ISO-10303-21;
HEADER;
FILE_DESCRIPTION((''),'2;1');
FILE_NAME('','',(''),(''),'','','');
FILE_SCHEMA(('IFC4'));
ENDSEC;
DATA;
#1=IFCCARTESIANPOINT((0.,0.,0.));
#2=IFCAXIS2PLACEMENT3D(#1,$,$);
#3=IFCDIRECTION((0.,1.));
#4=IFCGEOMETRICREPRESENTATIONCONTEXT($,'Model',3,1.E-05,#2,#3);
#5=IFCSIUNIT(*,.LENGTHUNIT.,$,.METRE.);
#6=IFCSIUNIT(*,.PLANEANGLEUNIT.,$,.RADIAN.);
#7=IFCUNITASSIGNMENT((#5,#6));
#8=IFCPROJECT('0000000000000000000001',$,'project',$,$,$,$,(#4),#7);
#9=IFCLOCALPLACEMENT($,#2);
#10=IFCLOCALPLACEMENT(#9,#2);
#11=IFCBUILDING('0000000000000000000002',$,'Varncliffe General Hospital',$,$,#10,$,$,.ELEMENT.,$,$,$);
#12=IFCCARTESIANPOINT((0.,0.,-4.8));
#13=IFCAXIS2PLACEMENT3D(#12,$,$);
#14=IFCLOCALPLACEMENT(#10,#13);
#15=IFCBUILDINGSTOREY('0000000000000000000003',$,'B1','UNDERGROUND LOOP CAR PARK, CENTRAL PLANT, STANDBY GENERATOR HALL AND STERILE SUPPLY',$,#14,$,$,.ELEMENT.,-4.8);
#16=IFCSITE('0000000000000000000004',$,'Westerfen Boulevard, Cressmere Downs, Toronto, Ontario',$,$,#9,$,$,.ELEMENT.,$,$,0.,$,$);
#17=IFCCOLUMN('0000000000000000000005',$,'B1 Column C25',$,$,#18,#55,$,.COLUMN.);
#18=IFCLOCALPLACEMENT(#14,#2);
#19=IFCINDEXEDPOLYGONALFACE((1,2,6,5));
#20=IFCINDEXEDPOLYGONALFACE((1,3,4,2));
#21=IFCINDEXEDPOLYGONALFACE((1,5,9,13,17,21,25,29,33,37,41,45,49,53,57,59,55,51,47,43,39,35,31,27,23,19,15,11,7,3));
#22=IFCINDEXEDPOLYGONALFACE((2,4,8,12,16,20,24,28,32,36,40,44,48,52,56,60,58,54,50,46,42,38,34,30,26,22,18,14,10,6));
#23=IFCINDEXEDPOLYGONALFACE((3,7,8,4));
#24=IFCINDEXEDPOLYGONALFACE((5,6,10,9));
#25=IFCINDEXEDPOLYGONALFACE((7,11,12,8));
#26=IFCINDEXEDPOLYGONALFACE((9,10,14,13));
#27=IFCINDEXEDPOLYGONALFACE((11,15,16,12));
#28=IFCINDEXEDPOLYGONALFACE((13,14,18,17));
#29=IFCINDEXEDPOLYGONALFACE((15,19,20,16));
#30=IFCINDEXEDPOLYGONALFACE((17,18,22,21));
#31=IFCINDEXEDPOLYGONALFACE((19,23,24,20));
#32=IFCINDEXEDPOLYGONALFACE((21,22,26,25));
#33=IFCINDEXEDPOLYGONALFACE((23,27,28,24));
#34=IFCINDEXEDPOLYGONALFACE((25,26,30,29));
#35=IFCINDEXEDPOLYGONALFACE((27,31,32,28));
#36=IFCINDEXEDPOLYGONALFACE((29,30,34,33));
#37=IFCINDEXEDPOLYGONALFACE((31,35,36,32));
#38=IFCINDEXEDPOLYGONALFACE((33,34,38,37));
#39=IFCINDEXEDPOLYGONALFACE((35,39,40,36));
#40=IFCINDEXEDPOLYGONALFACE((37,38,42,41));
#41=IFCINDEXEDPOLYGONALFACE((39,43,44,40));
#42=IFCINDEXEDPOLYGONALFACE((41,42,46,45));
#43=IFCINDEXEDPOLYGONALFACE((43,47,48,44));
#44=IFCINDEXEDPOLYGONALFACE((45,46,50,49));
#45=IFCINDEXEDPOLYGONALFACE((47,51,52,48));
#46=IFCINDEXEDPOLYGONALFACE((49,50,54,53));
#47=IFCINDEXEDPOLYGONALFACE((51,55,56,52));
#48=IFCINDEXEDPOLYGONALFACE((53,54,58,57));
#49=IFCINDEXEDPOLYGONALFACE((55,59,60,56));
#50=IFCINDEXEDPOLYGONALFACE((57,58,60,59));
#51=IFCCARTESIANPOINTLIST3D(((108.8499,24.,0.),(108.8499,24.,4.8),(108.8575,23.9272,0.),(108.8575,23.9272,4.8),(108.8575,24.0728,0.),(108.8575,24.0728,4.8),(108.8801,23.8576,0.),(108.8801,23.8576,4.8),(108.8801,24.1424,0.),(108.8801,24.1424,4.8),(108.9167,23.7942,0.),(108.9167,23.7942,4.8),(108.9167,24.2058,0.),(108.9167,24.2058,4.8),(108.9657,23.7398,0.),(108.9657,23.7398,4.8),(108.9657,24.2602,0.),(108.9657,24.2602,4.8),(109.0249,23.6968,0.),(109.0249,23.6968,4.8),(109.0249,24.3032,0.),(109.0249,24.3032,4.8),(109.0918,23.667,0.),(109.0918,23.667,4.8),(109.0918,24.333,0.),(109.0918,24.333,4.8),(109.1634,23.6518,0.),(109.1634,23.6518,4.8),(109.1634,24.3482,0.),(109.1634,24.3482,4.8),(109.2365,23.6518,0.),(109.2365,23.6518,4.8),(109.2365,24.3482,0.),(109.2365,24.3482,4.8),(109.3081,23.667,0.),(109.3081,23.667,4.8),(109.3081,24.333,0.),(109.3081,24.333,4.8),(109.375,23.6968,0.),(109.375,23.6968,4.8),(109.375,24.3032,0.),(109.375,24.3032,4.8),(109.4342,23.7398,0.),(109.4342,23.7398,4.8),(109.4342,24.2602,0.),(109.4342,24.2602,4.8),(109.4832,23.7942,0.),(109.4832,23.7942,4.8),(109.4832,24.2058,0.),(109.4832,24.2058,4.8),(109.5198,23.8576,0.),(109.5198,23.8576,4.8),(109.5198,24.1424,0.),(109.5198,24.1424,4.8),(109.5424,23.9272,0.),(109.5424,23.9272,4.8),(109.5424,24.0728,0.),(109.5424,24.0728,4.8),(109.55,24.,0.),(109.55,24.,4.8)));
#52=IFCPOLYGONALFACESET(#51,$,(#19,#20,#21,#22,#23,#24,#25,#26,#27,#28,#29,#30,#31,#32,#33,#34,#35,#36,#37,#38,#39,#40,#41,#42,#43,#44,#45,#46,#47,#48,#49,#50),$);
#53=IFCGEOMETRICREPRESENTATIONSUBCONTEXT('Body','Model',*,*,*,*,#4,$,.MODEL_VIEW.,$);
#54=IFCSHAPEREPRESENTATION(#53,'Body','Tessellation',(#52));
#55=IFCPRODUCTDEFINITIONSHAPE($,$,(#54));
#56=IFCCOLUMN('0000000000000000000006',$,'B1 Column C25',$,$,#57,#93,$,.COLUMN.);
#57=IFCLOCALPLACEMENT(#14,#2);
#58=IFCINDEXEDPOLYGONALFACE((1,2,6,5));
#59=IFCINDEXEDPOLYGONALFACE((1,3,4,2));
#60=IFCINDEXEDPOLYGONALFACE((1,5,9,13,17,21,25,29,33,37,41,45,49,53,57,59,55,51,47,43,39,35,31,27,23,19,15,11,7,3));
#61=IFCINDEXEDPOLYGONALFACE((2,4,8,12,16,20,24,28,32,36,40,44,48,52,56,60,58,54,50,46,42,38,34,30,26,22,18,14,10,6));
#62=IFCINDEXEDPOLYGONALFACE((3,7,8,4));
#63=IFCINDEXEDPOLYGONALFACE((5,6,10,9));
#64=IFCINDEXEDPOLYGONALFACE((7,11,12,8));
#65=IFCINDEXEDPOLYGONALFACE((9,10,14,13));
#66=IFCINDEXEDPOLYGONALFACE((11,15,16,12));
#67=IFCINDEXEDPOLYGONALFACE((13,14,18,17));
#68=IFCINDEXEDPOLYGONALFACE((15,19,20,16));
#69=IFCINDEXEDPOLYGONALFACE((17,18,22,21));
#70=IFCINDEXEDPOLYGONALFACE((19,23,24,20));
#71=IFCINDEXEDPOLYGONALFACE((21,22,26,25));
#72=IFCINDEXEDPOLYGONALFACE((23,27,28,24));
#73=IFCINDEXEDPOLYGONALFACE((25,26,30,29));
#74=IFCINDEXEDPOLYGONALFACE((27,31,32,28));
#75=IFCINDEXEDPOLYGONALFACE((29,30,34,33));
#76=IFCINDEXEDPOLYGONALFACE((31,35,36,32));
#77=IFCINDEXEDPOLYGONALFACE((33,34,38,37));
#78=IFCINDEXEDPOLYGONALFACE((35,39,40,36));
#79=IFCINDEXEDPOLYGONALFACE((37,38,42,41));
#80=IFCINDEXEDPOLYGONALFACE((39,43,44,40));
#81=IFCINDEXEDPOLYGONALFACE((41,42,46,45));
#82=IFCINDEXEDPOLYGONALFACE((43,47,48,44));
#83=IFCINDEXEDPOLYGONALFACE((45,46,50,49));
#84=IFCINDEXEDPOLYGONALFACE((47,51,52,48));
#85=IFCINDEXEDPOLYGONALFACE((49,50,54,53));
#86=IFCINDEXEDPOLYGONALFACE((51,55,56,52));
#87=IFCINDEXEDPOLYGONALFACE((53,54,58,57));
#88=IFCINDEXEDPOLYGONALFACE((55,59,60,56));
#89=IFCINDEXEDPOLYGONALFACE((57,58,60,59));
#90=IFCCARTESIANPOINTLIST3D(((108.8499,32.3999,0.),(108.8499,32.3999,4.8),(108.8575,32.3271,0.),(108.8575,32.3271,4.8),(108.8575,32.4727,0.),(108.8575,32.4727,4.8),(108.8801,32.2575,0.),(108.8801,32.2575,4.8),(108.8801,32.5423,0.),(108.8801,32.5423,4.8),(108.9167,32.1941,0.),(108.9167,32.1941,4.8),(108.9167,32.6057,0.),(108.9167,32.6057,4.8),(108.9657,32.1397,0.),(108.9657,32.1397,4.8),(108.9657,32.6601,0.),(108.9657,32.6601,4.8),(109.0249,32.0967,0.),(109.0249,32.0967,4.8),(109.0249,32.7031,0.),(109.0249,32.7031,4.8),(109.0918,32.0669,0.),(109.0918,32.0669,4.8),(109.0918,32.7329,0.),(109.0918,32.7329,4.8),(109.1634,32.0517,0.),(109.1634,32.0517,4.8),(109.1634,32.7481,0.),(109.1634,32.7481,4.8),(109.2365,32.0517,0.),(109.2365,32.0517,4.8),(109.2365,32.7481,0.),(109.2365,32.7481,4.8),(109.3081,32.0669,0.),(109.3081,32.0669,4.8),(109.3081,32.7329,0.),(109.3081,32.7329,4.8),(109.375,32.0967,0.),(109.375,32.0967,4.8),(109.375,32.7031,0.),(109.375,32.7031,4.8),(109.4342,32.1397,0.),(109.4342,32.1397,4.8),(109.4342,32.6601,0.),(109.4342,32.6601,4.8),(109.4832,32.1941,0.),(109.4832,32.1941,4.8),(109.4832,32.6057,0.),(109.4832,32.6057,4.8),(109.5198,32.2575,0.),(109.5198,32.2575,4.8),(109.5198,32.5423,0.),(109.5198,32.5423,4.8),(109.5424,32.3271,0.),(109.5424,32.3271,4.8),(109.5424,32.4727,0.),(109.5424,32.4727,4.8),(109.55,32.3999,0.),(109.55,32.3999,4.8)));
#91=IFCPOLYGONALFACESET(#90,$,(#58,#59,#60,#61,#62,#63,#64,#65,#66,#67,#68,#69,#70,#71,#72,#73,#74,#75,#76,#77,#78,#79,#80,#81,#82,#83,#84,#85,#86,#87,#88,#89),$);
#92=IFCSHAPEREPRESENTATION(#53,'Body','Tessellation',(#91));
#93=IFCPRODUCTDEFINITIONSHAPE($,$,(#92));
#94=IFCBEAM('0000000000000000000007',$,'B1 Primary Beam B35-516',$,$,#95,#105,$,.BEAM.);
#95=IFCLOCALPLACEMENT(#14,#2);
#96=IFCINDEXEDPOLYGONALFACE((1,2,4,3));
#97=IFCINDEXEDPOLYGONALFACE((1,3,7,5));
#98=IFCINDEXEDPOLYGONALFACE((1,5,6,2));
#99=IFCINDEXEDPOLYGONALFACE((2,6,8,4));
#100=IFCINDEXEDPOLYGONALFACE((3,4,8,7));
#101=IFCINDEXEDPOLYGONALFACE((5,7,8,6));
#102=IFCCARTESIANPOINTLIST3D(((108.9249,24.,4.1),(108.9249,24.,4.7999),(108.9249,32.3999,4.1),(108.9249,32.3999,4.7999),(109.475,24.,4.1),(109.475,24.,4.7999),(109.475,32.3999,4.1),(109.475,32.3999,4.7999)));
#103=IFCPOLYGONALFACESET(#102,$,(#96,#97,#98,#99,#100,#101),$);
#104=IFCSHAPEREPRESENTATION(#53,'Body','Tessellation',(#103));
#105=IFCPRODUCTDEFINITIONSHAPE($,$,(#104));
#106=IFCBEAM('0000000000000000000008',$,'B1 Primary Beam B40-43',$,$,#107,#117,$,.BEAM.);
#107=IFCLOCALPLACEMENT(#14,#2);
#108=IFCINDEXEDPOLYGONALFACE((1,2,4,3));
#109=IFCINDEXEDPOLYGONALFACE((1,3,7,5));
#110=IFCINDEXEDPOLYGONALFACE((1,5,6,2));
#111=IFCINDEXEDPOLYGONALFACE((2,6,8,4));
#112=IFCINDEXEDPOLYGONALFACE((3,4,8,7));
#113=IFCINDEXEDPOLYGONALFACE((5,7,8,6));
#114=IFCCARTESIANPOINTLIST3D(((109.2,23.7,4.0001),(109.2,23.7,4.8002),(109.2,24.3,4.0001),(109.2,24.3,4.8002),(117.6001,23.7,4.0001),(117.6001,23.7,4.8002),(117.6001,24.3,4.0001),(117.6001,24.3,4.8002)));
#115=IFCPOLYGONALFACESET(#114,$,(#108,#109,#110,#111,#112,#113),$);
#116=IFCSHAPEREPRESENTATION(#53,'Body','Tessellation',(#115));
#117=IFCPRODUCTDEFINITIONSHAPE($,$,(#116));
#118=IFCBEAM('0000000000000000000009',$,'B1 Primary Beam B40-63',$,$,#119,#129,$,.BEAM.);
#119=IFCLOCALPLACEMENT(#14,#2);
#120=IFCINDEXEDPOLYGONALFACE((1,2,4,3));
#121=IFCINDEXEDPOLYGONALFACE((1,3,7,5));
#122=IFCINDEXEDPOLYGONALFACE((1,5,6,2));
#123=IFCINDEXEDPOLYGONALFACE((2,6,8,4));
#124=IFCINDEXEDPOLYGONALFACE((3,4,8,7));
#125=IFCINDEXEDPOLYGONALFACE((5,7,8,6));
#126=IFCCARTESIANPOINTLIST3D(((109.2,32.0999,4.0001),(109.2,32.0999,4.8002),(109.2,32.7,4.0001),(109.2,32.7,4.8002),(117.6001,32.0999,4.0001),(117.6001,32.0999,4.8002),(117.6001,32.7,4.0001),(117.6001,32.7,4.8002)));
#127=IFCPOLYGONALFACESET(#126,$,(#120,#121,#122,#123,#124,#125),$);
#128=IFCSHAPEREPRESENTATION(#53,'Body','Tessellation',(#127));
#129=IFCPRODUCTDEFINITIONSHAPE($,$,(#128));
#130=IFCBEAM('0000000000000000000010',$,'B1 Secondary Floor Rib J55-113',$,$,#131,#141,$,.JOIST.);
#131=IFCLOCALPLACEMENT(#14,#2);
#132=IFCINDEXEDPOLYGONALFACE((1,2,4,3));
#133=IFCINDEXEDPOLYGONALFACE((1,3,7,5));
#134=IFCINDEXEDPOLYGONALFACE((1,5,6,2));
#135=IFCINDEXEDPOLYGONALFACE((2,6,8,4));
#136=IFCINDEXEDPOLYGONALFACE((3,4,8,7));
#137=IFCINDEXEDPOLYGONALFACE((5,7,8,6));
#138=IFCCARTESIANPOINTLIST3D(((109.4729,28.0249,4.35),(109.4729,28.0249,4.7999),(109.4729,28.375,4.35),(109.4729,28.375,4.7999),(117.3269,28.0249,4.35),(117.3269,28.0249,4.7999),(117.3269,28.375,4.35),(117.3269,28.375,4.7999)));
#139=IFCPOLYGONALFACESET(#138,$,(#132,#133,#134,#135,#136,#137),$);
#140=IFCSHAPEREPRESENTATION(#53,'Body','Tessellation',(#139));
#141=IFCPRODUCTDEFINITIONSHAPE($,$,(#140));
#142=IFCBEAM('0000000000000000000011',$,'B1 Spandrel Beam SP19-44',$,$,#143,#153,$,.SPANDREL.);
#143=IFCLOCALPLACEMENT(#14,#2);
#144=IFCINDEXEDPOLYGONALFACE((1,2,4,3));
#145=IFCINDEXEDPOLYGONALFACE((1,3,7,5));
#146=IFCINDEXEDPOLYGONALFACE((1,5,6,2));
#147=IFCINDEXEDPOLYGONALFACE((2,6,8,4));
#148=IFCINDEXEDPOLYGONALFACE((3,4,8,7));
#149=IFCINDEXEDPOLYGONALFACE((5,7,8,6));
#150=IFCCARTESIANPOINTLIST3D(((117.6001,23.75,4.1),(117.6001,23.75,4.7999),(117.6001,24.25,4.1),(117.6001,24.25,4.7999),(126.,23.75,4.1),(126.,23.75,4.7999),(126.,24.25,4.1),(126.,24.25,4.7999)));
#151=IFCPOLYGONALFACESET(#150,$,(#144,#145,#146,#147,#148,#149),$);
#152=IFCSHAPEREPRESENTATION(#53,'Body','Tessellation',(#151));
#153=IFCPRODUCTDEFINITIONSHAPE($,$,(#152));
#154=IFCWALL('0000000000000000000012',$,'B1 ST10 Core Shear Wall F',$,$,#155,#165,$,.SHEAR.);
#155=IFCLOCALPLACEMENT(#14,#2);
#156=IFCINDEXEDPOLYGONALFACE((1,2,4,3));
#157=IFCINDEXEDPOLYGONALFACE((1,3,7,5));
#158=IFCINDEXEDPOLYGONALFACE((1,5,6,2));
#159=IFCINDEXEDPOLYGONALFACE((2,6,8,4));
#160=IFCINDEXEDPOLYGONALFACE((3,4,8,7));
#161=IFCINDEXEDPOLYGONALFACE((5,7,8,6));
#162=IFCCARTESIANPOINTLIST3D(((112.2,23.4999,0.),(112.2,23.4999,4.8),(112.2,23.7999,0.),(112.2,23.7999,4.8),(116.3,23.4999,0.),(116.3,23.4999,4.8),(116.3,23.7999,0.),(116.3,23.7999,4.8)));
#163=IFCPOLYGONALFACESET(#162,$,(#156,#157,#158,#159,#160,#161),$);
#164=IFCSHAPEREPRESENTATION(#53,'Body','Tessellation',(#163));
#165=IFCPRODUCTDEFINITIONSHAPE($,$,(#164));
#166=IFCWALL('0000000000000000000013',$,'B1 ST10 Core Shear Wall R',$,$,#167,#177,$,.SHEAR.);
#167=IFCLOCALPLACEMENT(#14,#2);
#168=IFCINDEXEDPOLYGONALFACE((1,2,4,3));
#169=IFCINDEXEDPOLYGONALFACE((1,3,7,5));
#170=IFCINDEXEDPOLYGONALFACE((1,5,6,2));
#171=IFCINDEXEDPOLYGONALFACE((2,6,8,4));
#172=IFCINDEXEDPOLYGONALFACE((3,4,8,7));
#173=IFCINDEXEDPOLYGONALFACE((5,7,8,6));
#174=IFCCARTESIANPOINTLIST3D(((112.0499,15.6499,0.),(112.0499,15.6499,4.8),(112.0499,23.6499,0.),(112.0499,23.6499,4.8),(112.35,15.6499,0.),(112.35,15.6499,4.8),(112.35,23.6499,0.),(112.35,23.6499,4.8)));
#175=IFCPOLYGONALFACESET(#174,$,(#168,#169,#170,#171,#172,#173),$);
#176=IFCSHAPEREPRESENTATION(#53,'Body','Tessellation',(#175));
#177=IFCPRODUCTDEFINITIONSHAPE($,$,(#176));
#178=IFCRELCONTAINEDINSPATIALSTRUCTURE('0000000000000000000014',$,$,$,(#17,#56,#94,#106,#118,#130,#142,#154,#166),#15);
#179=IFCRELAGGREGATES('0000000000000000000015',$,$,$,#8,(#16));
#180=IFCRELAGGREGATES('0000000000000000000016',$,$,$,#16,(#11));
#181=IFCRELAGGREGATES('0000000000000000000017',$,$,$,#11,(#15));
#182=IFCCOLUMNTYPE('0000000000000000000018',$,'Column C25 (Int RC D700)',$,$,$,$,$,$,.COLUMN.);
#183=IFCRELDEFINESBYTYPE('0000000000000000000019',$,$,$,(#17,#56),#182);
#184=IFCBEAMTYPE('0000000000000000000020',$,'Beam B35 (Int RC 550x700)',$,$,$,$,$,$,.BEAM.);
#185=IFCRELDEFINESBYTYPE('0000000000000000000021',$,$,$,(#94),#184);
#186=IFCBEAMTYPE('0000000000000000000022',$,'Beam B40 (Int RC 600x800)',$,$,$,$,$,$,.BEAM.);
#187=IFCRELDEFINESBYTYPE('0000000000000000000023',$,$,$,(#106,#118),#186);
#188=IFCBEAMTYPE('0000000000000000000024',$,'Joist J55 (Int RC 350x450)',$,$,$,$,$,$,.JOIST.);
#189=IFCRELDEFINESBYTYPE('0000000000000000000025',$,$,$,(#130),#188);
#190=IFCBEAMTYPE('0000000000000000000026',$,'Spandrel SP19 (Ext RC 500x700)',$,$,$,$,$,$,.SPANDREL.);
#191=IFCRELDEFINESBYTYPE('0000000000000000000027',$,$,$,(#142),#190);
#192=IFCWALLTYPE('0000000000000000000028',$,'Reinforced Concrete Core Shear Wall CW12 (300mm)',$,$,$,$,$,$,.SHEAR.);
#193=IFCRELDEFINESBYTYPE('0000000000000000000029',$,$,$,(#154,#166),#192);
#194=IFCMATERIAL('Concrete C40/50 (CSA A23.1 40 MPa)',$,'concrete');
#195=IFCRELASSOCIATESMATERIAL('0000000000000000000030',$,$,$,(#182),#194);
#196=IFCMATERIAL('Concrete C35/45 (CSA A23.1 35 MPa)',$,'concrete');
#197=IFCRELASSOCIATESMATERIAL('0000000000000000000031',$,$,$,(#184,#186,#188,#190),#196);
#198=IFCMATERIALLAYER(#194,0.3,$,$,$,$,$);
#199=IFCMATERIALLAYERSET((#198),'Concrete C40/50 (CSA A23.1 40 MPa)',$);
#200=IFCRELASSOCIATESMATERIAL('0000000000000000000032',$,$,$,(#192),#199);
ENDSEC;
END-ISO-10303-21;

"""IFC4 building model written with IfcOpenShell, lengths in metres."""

from ifc_helpers import new_model, si_unit, direction, frame, frame_2d, origin, origin_2d, place, context, subcontext, project, spatial, rectangle, circle, extrude, material, layer, layer_set, material_profile, profile_set, type_object, element, save


model = new_model("IFC4")

# Units and contexts
model_context = context("Model", 3, precision=1e-05, world=origin(), true_north=direction((0.0, 1.0)))
body_context = subcontext(model_context, "Body", "Model", "MODEL_VIEW")
ifc_project = project(units=[si_unit("LENGTHUNIT", "METRE"), si_unit("PLANEANGLEUNIT", "RADIAN")], contexts=[model_context])

# Site, building, storey
site_placement = place(None, origin())
site = spatial("IfcSite", under=ifc_project, at=site_placement, Name="Westerfen Boulevard, Cressmere Downs, Toronto, Ontario", CompositionType="ELEMENT", RefElevation=0.0)
building_placement = place(site_placement, origin())
building = spatial("IfcBuilding", under=site, at=building_placement, Name="Varncliffe General Hospital", CompositionType="ELEMENT")
storey_placement = place(building_placement, frame((0.0, 0.0, -4.8)))
storey = spatial("IfcBuildingStorey", under=building, at=storey_placement, Name="B1", Description="UNDERGROUND LOOP CAR PARK, CENTRAL PLANT, STANDBY GENERATOR HALL AND STERILE SUPPLY", CompositionType="ELEMENT", Elevation=-4.8)

# Shared definitions
ifc_material_1 = material(Name="Concrete C40/50 (CSA A23.1 40 MPa)", Category="concrete")

# Columns
ifc_material_profile_1 = material_profile(ifc_material_1, circle(Radius=0.3501, at=origin_2d()), Name="RC D700")
ifc_profile_set_1 = profile_set([ifc_material_profile_1], Name="Concrete C40/50 (CSA A23.1 40 MPa)")
column_type_1 = type_object("IfcColumnType", Name="Column C25 (Int RC D700)", PredefinedType="COLUMN", material=ifc_profile_set_1)
for number, where, z_axis, x_axis, name in (
    (1, (109.2, 24.0, 0.0), (0.0, 0.0, 1.0), (1.0, 0.0, 0.0), "B1 Column C25"),
    (2, (109.2, 32.3999, 0.0), (0.0, 0.0, 1.0), (1.0, 0.0, 0.0), "B1 Column C25"),
):
    element("IfcColumn", number, at=place(storey_placement, frame(where, z_axis=z_axis, x_axis=x_axis)), inside=storey, type_object=column_type_1, Name=name, PredefinedType="COLUMN", context=body_context, shape_type="SweptSolid", body=[
        extrude(circle(Radius=0.3501, at=origin_2d()), origin(), (0.0, 0.0, 1.0), 4.8),
    ])

# Beams
ifc_material_2 = material(Name="Concrete C35/45 (CSA A23.1 35 MPa)", Category="concrete")
ifc_material_profile_2 = material_profile(ifc_material_2, rectangle(XDim=0.55, YDim=0.7, at=origin_2d()), Name="RC 550x700")
ifc_profile_set_2 = profile_set([ifc_material_profile_2], Name="Concrete C35/45 (CSA A23.1 35 MPa)")
beam_type_1 = type_object("IfcBeamType", Name="Beam B35 (Int RC 550x700)", PredefinedType="BEAM", material=ifc_profile_set_2)
beam_1_placement = place(storey_placement, frame((109.2, 24.0, 4.45), z_axis=(0.0, 1.0, 0.0), x_axis=(-1.0, 0.0, 0.0)))
element("IfcBeam", 3, at=beam_1_placement, inside=storey, type_object=beam_type_1, Name="B1 Primary Beam B35-516", PredefinedType="BEAM", context=body_context, shape_type="SweptSolid", body=[
    extrude(rectangle(XDim=0.55, YDim=0.7, at=origin_2d()), origin(), (0.0, 0.0, 1.0), 8.3999),
])
ifc_material_profile_3 = material_profile(ifc_material_2, rectangle(XDim=0.6001, YDim=0.8, at=origin_2d()), Name="RC 600x800")
ifc_profile_set_3 = profile_set([ifc_material_profile_3], Name="Concrete C35/45 (CSA A23.1 35 MPa)")
beam_type_2 = type_object("IfcBeamType", Name="Beam B40 (Int RC 600x800)", PredefinedType="BEAM", material=ifc_profile_set_3)
for number, where, z_axis, x_axis, name in (
    (4, (109.2, 24.0, 4.4001), (1.0, 0.0, 0.0), (0.0, 1.0, 0.0), "B1 Primary Beam B40-43"),
    (5, (109.2, 32.3999, 4.4001), (1.0, 0.0, 0.0), (0.0, 1.0, 0.0), "B1 Primary Beam B40-63"),
):
    element("IfcBeam", number, at=place(storey_placement, frame(where, z_axis=z_axis, x_axis=x_axis)), inside=storey, type_object=beam_type_2, Name=name, PredefinedType="BEAM", context=body_context, shape_type="SweptSolid", body=[
        extrude(rectangle(XDim=0.6001, YDim=0.8, at=origin_2d()), origin(), (0.0, 0.0, 1.0), 8.4001),
    ])
ifc_material_profile_4 = material_profile(ifc_material_2, rectangle(XDim=0.3501, YDim=0.45, at=origin_2d()), Name="RC 350x450")
ifc_profile_set_4 = profile_set([ifc_material_profile_4], Name="Concrete C35/45 (CSA A23.1 35 MPa)")
beam_type_3 = type_object("IfcBeamType", Name="Joist J55 (Int RC 350x450)", PredefinedType="JOIST", material=ifc_profile_set_4)
beam_2_placement = place(storey_placement, frame((109.4729, 28.2, 4.575), z_axis=(1.0, 0.0, 0.0), x_axis=(0.0, 1.0, 0.0)))
element("IfcBeam", 6, at=beam_2_placement, inside=storey, type_object=beam_type_3, Name="B1 Secondary Floor Rib J55-113", PredefinedType="JOIST", context=body_context, shape_type="SweptSolid", body=[
    extrude(rectangle(XDim=0.3501, YDim=0.45, at=origin_2d()), origin(), (0.0, 0.0, 1.0), 7.854),
])
ifc_material_profile_5 = material_profile(ifc_material_2, rectangle(XDim=0.5, YDim=0.7, at=origin_2d()), Name="RC 500x700")
ifc_profile_set_5 = profile_set([ifc_material_profile_5], Name="Concrete C35/45 (CSA A23.1 35 MPa)")
beam_type_4 = type_object("IfcBeamType", Name="Spandrel SP19 (Ext RC 500x700)", PredefinedType="SPANDREL", material=ifc_profile_set_5)
beam_3_placement = place(storey_placement, frame((117.6001, 24.0, 4.45), z_axis=(1.0, 0.0, 0.0), x_axis=(0.0, 1.0, 0.0)))
element("IfcBeam", 7, at=beam_3_placement, inside=storey, type_object=beam_type_4, Name="B1 Spandrel Beam SP19-44", PredefinedType="SPANDREL", context=body_context, shape_type="SweptSolid", body=[
    extrude(rectangle(XDim=0.5, YDim=0.7, at=origin_2d()), origin(), (0.0, 0.0, 1.0), 8.3999),
])

# Walls
ifc_layer = layer(ifc_material_1, 0.3)
ifc_layer_set = layer_set([ifc_layer], Name="Concrete C40/50 (CSA A23.1 40 MPa)")
wall_type = type_object("IfcWallType", Name="Reinforced Concrete Core Shear Wall CW12 (300mm)", PredefinedType="SHEAR", material=ifc_layer_set)
wall_1_placement = place(storey_placement, frame((116.3, 23.6499, 0.0), z_axis=(0.0, 0.0, 1.0), x_axis=(-1.0, 0.0, 0.0)))
element("IfcWall", 8, at=wall_1_placement, inside=storey, type_object=wall_type, Name="B1 ST10 Core Shear Wall F", PredefinedType="SHEAR", context=body_context, shape_type="SweptSolid", body=[
    extrude(rectangle(XDim=4.1001, YDim=0.3, at=frame_2d((2.05, 0.0))), origin(), (0.0, 0.0, 1.0), 4.8),
])
wall_2_placement = place(storey_placement, frame((112.2, 23.6499, 0.0), z_axis=(0.0, 0.0, 1.0), x_axis=(0.0, -1.0, 0.0)))
element("IfcWall", 9, at=wall_2_placement, inside=storey, type_object=wall_type, Name="B1 ST10 Core Shear Wall R", PredefinedType="SHEAR", context=body_context, shape_type="SweptSolid", body=[
    extrude(rectangle(XDim=8.0, YDim=0.3, at=frame_2d((4.0, 0.0))), origin(), (0.0, 0.0, 1.0), 4.8),
])

save(model, "model.ifc")
